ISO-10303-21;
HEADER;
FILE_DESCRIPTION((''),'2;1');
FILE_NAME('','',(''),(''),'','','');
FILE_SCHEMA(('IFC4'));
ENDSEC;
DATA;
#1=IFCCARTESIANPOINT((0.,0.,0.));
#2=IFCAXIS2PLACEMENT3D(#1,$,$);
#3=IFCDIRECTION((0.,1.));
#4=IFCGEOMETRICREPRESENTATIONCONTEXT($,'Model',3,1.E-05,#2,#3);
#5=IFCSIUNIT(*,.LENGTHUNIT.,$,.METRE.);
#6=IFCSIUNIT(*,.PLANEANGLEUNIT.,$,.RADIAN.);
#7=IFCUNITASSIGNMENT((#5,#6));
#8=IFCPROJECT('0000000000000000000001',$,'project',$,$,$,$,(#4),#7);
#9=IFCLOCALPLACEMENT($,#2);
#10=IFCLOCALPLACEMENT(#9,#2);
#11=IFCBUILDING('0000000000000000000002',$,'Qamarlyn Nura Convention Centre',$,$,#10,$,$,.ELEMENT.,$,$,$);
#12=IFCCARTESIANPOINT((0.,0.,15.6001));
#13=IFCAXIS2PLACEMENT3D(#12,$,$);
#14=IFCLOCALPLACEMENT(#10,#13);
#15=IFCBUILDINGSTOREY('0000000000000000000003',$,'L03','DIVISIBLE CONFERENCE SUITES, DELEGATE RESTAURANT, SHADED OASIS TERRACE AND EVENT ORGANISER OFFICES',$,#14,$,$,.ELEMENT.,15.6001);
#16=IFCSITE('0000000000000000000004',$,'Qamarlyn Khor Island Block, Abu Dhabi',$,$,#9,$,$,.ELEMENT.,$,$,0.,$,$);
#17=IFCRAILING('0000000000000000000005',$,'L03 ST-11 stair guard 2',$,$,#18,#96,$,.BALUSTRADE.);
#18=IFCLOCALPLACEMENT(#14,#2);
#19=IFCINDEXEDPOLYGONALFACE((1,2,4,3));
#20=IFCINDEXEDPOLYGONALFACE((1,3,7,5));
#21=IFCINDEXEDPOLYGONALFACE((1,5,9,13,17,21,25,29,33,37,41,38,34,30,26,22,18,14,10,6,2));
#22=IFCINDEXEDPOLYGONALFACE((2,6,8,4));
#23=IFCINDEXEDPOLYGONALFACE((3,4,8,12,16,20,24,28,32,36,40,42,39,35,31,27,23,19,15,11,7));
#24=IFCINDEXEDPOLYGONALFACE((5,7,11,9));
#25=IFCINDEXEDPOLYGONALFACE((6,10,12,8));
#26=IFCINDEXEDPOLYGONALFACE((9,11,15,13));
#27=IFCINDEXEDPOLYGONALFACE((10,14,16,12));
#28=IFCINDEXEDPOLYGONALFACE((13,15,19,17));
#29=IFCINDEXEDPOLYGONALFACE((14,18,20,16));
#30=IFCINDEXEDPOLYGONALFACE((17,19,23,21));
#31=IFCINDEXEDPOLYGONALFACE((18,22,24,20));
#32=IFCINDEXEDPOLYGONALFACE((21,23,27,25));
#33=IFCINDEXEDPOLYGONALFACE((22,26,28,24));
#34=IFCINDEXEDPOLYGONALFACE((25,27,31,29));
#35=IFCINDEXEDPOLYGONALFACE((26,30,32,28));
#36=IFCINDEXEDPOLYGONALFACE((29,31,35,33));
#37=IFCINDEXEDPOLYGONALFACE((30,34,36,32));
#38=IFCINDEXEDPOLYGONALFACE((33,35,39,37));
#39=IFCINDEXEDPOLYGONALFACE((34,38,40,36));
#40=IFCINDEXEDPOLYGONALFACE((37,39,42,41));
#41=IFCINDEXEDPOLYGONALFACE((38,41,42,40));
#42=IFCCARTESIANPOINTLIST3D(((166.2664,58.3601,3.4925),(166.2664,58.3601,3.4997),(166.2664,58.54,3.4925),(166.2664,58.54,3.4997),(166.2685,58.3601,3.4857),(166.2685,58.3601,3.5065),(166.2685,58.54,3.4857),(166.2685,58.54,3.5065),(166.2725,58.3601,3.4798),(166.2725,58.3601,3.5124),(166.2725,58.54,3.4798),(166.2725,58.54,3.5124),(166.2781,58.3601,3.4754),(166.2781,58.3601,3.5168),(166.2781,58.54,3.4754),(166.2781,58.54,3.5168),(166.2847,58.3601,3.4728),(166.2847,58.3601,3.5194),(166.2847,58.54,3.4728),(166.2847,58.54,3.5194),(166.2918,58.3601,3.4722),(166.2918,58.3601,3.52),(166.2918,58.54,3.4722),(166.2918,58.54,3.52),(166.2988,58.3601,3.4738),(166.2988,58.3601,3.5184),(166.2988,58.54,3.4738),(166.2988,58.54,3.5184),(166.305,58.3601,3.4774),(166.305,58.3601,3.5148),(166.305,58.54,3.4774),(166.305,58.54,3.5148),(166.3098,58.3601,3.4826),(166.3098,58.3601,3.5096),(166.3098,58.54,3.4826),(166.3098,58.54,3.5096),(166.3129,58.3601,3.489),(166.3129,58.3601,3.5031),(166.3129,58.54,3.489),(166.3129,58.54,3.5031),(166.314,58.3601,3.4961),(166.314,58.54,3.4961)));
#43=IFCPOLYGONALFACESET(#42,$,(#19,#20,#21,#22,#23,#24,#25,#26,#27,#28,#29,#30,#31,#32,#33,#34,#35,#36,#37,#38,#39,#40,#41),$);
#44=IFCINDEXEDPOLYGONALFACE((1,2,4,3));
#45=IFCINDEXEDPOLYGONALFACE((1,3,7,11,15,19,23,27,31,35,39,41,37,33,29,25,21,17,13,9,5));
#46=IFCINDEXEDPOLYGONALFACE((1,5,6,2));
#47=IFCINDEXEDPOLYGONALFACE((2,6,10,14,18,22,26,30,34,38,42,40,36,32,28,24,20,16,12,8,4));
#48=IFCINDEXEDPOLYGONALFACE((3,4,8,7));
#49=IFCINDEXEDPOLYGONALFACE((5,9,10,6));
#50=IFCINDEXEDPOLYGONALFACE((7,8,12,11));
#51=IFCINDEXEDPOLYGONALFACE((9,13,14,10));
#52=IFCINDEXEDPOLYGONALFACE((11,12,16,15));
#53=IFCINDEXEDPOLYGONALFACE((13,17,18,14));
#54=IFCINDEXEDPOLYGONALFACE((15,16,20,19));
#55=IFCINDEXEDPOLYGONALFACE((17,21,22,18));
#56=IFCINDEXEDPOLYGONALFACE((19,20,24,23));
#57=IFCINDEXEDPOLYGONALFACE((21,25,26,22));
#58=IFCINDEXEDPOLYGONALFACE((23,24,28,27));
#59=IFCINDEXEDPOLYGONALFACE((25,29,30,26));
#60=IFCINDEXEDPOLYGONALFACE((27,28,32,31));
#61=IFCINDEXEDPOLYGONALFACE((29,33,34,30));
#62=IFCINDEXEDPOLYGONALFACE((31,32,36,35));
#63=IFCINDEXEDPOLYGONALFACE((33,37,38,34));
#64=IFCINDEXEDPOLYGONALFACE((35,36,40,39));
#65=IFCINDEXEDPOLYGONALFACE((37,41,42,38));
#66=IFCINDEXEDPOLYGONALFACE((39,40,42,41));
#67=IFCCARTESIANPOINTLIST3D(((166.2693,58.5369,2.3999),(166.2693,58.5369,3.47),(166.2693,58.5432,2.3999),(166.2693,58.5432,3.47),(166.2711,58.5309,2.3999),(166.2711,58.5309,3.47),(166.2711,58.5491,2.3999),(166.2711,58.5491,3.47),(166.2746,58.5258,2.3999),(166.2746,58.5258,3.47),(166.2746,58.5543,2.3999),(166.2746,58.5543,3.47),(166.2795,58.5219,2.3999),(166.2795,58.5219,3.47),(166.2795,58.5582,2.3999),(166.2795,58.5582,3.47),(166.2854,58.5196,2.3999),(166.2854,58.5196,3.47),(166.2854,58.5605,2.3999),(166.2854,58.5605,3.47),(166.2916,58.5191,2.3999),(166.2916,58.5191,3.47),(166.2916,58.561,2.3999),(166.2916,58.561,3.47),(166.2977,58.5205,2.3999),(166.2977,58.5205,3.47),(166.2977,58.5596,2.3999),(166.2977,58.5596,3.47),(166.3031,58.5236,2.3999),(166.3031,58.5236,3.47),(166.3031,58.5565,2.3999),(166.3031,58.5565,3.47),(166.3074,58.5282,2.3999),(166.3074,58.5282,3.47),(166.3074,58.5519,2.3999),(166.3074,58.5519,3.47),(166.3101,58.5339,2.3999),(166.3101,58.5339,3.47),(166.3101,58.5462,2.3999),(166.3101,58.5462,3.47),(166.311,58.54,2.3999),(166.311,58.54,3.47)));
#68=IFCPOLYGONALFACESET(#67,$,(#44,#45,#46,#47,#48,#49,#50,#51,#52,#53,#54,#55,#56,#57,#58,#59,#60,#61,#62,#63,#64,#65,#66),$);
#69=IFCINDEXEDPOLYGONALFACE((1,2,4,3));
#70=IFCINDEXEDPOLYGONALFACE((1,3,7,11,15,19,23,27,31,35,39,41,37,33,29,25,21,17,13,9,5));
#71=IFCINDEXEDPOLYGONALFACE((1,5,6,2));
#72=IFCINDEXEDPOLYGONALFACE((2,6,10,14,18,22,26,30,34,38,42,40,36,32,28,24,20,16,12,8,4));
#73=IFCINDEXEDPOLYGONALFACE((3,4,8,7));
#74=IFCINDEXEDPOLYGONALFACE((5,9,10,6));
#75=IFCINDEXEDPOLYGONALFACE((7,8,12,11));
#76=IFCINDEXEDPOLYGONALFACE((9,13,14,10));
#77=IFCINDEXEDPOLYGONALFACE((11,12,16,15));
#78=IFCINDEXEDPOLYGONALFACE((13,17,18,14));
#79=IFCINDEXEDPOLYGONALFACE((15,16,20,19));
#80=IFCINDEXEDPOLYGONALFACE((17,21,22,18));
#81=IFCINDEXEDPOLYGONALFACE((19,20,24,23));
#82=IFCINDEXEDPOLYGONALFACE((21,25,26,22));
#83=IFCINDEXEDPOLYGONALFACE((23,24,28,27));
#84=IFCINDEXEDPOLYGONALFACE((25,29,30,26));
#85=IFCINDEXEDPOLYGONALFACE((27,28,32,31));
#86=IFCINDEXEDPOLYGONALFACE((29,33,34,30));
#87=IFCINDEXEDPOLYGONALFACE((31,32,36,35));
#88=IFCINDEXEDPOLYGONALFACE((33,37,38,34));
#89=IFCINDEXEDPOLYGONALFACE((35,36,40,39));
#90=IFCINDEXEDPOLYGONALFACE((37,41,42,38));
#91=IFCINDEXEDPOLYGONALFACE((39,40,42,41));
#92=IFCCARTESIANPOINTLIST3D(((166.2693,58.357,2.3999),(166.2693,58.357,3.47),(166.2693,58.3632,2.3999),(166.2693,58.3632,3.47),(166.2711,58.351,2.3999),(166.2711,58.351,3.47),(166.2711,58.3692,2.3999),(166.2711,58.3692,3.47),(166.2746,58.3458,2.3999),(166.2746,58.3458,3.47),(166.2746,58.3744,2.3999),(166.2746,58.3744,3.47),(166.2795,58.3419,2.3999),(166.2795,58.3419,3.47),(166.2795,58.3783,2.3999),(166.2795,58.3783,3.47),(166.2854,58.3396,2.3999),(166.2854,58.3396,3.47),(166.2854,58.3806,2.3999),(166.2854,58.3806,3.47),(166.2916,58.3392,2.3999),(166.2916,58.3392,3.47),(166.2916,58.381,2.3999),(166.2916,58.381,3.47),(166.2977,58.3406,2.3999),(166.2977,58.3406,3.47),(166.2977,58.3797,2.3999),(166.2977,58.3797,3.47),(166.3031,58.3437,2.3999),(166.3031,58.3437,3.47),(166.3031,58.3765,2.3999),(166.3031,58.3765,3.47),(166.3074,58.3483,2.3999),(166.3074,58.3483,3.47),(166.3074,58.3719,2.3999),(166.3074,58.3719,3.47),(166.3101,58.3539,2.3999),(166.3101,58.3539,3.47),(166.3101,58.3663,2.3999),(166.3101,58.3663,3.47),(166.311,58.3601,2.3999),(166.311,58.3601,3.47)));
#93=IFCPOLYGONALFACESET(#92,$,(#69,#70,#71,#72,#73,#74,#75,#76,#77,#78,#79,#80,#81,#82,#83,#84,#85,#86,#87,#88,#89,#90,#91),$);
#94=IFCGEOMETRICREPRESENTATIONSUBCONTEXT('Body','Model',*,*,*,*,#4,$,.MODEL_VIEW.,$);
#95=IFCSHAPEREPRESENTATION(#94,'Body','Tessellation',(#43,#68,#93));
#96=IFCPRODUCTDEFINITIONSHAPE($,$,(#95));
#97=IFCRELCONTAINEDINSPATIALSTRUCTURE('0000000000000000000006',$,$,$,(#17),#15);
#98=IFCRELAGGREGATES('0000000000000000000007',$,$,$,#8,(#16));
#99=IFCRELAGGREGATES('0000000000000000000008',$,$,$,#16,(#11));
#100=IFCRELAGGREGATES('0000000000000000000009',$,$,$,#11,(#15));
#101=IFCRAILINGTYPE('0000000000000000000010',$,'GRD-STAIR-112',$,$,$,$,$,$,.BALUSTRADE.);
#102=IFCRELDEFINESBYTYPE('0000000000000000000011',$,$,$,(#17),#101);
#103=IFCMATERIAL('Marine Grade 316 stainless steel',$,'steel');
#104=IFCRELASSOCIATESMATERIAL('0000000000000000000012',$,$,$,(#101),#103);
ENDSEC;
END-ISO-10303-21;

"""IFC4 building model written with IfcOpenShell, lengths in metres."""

from ifc_helpers import new_model, si_unit, direction, frame, origin, origin_2d, place, context, subcontext, project, spatial, circle, extrude, material, type_object, element, save


model = new_model("IFC4")

# Units and contexts
model_context = context("Model", 3, precision=1e-05, world=origin(), true_north=direction((0.0, 1.0)))
body_context = subcontext(model_context, "Body", "Model", "MODEL_VIEW")
ifc_project = project(units=[si_unit("LENGTHUNIT", "METRE"), si_unit("PLANEANGLEUNIT", "RADIAN")], contexts=[model_context])

# Site, building, storey
site_placement = place(None, origin())
site = spatial("IfcSite", under=ifc_project, at=site_placement, Name="Qamarlyn Khor Island Block, Abu Dhabi", CompositionType="ELEMENT", RefElevation=0.0)
building_placement = place(site_placement, origin())
building = spatial("IfcBuilding", under=site, at=building_placement, Name="Qamarlyn Nura Convention Centre", CompositionType="ELEMENT")
storey_placement = place(building_placement, frame((0.0, 0.0, 15.6001)))
storey = spatial("IfcBuildingStorey", under=building, at=storey_placement, Name="L03", Description="DIVISIBLE CONFERENCE SUITES, DELEGATE RESTAURANT, SHADED OASIS TERRACE AND EVENT ORGANISER OFFICES", CompositionType="ELEMENT", Elevation=15.6001)

# Railing
ifc_material_1 = material(Name="Marine Grade 316 stainless steel", Category="steel")
railing_type_1 = type_object("IfcRailingType", Name="GRD-STAIR-112", PredefinedType="BALUSTRADE", material=ifc_material_1)
railing_1_placement = place(storey_placement, frame((166.29, 58.54, 2.3999)))
element("IfcRailing", 1, at=railing_1_placement, inside=storey, type_object=railing_type_1, Name="L03 ST-11 stair guard 2", PredefinedType="BALUSTRADE", context=body_context, shape_type="SweptSolid", body=[
    extrude(circle(Radius=0.0239, at=origin_2d()), frame((0.0, 0.0, 1.0962), z_axis=(0.0, -1.0, 0.0), x_axis=(1.0, 0.0, 0.0)), (0.0, 0.0, 1.0), 0.1799),
    extrude(circle(Radius=0.021, at=origin_2d()), origin(), (0.0, 0.0, 1.0), 1.0701),
    extrude(circle(Radius=0.021, at=origin_2d()), frame((0.0, -0.1799, 0.0)), (0.0, 0.0, 1.0), 1.0701),
])

save(model, "model.ifc")
